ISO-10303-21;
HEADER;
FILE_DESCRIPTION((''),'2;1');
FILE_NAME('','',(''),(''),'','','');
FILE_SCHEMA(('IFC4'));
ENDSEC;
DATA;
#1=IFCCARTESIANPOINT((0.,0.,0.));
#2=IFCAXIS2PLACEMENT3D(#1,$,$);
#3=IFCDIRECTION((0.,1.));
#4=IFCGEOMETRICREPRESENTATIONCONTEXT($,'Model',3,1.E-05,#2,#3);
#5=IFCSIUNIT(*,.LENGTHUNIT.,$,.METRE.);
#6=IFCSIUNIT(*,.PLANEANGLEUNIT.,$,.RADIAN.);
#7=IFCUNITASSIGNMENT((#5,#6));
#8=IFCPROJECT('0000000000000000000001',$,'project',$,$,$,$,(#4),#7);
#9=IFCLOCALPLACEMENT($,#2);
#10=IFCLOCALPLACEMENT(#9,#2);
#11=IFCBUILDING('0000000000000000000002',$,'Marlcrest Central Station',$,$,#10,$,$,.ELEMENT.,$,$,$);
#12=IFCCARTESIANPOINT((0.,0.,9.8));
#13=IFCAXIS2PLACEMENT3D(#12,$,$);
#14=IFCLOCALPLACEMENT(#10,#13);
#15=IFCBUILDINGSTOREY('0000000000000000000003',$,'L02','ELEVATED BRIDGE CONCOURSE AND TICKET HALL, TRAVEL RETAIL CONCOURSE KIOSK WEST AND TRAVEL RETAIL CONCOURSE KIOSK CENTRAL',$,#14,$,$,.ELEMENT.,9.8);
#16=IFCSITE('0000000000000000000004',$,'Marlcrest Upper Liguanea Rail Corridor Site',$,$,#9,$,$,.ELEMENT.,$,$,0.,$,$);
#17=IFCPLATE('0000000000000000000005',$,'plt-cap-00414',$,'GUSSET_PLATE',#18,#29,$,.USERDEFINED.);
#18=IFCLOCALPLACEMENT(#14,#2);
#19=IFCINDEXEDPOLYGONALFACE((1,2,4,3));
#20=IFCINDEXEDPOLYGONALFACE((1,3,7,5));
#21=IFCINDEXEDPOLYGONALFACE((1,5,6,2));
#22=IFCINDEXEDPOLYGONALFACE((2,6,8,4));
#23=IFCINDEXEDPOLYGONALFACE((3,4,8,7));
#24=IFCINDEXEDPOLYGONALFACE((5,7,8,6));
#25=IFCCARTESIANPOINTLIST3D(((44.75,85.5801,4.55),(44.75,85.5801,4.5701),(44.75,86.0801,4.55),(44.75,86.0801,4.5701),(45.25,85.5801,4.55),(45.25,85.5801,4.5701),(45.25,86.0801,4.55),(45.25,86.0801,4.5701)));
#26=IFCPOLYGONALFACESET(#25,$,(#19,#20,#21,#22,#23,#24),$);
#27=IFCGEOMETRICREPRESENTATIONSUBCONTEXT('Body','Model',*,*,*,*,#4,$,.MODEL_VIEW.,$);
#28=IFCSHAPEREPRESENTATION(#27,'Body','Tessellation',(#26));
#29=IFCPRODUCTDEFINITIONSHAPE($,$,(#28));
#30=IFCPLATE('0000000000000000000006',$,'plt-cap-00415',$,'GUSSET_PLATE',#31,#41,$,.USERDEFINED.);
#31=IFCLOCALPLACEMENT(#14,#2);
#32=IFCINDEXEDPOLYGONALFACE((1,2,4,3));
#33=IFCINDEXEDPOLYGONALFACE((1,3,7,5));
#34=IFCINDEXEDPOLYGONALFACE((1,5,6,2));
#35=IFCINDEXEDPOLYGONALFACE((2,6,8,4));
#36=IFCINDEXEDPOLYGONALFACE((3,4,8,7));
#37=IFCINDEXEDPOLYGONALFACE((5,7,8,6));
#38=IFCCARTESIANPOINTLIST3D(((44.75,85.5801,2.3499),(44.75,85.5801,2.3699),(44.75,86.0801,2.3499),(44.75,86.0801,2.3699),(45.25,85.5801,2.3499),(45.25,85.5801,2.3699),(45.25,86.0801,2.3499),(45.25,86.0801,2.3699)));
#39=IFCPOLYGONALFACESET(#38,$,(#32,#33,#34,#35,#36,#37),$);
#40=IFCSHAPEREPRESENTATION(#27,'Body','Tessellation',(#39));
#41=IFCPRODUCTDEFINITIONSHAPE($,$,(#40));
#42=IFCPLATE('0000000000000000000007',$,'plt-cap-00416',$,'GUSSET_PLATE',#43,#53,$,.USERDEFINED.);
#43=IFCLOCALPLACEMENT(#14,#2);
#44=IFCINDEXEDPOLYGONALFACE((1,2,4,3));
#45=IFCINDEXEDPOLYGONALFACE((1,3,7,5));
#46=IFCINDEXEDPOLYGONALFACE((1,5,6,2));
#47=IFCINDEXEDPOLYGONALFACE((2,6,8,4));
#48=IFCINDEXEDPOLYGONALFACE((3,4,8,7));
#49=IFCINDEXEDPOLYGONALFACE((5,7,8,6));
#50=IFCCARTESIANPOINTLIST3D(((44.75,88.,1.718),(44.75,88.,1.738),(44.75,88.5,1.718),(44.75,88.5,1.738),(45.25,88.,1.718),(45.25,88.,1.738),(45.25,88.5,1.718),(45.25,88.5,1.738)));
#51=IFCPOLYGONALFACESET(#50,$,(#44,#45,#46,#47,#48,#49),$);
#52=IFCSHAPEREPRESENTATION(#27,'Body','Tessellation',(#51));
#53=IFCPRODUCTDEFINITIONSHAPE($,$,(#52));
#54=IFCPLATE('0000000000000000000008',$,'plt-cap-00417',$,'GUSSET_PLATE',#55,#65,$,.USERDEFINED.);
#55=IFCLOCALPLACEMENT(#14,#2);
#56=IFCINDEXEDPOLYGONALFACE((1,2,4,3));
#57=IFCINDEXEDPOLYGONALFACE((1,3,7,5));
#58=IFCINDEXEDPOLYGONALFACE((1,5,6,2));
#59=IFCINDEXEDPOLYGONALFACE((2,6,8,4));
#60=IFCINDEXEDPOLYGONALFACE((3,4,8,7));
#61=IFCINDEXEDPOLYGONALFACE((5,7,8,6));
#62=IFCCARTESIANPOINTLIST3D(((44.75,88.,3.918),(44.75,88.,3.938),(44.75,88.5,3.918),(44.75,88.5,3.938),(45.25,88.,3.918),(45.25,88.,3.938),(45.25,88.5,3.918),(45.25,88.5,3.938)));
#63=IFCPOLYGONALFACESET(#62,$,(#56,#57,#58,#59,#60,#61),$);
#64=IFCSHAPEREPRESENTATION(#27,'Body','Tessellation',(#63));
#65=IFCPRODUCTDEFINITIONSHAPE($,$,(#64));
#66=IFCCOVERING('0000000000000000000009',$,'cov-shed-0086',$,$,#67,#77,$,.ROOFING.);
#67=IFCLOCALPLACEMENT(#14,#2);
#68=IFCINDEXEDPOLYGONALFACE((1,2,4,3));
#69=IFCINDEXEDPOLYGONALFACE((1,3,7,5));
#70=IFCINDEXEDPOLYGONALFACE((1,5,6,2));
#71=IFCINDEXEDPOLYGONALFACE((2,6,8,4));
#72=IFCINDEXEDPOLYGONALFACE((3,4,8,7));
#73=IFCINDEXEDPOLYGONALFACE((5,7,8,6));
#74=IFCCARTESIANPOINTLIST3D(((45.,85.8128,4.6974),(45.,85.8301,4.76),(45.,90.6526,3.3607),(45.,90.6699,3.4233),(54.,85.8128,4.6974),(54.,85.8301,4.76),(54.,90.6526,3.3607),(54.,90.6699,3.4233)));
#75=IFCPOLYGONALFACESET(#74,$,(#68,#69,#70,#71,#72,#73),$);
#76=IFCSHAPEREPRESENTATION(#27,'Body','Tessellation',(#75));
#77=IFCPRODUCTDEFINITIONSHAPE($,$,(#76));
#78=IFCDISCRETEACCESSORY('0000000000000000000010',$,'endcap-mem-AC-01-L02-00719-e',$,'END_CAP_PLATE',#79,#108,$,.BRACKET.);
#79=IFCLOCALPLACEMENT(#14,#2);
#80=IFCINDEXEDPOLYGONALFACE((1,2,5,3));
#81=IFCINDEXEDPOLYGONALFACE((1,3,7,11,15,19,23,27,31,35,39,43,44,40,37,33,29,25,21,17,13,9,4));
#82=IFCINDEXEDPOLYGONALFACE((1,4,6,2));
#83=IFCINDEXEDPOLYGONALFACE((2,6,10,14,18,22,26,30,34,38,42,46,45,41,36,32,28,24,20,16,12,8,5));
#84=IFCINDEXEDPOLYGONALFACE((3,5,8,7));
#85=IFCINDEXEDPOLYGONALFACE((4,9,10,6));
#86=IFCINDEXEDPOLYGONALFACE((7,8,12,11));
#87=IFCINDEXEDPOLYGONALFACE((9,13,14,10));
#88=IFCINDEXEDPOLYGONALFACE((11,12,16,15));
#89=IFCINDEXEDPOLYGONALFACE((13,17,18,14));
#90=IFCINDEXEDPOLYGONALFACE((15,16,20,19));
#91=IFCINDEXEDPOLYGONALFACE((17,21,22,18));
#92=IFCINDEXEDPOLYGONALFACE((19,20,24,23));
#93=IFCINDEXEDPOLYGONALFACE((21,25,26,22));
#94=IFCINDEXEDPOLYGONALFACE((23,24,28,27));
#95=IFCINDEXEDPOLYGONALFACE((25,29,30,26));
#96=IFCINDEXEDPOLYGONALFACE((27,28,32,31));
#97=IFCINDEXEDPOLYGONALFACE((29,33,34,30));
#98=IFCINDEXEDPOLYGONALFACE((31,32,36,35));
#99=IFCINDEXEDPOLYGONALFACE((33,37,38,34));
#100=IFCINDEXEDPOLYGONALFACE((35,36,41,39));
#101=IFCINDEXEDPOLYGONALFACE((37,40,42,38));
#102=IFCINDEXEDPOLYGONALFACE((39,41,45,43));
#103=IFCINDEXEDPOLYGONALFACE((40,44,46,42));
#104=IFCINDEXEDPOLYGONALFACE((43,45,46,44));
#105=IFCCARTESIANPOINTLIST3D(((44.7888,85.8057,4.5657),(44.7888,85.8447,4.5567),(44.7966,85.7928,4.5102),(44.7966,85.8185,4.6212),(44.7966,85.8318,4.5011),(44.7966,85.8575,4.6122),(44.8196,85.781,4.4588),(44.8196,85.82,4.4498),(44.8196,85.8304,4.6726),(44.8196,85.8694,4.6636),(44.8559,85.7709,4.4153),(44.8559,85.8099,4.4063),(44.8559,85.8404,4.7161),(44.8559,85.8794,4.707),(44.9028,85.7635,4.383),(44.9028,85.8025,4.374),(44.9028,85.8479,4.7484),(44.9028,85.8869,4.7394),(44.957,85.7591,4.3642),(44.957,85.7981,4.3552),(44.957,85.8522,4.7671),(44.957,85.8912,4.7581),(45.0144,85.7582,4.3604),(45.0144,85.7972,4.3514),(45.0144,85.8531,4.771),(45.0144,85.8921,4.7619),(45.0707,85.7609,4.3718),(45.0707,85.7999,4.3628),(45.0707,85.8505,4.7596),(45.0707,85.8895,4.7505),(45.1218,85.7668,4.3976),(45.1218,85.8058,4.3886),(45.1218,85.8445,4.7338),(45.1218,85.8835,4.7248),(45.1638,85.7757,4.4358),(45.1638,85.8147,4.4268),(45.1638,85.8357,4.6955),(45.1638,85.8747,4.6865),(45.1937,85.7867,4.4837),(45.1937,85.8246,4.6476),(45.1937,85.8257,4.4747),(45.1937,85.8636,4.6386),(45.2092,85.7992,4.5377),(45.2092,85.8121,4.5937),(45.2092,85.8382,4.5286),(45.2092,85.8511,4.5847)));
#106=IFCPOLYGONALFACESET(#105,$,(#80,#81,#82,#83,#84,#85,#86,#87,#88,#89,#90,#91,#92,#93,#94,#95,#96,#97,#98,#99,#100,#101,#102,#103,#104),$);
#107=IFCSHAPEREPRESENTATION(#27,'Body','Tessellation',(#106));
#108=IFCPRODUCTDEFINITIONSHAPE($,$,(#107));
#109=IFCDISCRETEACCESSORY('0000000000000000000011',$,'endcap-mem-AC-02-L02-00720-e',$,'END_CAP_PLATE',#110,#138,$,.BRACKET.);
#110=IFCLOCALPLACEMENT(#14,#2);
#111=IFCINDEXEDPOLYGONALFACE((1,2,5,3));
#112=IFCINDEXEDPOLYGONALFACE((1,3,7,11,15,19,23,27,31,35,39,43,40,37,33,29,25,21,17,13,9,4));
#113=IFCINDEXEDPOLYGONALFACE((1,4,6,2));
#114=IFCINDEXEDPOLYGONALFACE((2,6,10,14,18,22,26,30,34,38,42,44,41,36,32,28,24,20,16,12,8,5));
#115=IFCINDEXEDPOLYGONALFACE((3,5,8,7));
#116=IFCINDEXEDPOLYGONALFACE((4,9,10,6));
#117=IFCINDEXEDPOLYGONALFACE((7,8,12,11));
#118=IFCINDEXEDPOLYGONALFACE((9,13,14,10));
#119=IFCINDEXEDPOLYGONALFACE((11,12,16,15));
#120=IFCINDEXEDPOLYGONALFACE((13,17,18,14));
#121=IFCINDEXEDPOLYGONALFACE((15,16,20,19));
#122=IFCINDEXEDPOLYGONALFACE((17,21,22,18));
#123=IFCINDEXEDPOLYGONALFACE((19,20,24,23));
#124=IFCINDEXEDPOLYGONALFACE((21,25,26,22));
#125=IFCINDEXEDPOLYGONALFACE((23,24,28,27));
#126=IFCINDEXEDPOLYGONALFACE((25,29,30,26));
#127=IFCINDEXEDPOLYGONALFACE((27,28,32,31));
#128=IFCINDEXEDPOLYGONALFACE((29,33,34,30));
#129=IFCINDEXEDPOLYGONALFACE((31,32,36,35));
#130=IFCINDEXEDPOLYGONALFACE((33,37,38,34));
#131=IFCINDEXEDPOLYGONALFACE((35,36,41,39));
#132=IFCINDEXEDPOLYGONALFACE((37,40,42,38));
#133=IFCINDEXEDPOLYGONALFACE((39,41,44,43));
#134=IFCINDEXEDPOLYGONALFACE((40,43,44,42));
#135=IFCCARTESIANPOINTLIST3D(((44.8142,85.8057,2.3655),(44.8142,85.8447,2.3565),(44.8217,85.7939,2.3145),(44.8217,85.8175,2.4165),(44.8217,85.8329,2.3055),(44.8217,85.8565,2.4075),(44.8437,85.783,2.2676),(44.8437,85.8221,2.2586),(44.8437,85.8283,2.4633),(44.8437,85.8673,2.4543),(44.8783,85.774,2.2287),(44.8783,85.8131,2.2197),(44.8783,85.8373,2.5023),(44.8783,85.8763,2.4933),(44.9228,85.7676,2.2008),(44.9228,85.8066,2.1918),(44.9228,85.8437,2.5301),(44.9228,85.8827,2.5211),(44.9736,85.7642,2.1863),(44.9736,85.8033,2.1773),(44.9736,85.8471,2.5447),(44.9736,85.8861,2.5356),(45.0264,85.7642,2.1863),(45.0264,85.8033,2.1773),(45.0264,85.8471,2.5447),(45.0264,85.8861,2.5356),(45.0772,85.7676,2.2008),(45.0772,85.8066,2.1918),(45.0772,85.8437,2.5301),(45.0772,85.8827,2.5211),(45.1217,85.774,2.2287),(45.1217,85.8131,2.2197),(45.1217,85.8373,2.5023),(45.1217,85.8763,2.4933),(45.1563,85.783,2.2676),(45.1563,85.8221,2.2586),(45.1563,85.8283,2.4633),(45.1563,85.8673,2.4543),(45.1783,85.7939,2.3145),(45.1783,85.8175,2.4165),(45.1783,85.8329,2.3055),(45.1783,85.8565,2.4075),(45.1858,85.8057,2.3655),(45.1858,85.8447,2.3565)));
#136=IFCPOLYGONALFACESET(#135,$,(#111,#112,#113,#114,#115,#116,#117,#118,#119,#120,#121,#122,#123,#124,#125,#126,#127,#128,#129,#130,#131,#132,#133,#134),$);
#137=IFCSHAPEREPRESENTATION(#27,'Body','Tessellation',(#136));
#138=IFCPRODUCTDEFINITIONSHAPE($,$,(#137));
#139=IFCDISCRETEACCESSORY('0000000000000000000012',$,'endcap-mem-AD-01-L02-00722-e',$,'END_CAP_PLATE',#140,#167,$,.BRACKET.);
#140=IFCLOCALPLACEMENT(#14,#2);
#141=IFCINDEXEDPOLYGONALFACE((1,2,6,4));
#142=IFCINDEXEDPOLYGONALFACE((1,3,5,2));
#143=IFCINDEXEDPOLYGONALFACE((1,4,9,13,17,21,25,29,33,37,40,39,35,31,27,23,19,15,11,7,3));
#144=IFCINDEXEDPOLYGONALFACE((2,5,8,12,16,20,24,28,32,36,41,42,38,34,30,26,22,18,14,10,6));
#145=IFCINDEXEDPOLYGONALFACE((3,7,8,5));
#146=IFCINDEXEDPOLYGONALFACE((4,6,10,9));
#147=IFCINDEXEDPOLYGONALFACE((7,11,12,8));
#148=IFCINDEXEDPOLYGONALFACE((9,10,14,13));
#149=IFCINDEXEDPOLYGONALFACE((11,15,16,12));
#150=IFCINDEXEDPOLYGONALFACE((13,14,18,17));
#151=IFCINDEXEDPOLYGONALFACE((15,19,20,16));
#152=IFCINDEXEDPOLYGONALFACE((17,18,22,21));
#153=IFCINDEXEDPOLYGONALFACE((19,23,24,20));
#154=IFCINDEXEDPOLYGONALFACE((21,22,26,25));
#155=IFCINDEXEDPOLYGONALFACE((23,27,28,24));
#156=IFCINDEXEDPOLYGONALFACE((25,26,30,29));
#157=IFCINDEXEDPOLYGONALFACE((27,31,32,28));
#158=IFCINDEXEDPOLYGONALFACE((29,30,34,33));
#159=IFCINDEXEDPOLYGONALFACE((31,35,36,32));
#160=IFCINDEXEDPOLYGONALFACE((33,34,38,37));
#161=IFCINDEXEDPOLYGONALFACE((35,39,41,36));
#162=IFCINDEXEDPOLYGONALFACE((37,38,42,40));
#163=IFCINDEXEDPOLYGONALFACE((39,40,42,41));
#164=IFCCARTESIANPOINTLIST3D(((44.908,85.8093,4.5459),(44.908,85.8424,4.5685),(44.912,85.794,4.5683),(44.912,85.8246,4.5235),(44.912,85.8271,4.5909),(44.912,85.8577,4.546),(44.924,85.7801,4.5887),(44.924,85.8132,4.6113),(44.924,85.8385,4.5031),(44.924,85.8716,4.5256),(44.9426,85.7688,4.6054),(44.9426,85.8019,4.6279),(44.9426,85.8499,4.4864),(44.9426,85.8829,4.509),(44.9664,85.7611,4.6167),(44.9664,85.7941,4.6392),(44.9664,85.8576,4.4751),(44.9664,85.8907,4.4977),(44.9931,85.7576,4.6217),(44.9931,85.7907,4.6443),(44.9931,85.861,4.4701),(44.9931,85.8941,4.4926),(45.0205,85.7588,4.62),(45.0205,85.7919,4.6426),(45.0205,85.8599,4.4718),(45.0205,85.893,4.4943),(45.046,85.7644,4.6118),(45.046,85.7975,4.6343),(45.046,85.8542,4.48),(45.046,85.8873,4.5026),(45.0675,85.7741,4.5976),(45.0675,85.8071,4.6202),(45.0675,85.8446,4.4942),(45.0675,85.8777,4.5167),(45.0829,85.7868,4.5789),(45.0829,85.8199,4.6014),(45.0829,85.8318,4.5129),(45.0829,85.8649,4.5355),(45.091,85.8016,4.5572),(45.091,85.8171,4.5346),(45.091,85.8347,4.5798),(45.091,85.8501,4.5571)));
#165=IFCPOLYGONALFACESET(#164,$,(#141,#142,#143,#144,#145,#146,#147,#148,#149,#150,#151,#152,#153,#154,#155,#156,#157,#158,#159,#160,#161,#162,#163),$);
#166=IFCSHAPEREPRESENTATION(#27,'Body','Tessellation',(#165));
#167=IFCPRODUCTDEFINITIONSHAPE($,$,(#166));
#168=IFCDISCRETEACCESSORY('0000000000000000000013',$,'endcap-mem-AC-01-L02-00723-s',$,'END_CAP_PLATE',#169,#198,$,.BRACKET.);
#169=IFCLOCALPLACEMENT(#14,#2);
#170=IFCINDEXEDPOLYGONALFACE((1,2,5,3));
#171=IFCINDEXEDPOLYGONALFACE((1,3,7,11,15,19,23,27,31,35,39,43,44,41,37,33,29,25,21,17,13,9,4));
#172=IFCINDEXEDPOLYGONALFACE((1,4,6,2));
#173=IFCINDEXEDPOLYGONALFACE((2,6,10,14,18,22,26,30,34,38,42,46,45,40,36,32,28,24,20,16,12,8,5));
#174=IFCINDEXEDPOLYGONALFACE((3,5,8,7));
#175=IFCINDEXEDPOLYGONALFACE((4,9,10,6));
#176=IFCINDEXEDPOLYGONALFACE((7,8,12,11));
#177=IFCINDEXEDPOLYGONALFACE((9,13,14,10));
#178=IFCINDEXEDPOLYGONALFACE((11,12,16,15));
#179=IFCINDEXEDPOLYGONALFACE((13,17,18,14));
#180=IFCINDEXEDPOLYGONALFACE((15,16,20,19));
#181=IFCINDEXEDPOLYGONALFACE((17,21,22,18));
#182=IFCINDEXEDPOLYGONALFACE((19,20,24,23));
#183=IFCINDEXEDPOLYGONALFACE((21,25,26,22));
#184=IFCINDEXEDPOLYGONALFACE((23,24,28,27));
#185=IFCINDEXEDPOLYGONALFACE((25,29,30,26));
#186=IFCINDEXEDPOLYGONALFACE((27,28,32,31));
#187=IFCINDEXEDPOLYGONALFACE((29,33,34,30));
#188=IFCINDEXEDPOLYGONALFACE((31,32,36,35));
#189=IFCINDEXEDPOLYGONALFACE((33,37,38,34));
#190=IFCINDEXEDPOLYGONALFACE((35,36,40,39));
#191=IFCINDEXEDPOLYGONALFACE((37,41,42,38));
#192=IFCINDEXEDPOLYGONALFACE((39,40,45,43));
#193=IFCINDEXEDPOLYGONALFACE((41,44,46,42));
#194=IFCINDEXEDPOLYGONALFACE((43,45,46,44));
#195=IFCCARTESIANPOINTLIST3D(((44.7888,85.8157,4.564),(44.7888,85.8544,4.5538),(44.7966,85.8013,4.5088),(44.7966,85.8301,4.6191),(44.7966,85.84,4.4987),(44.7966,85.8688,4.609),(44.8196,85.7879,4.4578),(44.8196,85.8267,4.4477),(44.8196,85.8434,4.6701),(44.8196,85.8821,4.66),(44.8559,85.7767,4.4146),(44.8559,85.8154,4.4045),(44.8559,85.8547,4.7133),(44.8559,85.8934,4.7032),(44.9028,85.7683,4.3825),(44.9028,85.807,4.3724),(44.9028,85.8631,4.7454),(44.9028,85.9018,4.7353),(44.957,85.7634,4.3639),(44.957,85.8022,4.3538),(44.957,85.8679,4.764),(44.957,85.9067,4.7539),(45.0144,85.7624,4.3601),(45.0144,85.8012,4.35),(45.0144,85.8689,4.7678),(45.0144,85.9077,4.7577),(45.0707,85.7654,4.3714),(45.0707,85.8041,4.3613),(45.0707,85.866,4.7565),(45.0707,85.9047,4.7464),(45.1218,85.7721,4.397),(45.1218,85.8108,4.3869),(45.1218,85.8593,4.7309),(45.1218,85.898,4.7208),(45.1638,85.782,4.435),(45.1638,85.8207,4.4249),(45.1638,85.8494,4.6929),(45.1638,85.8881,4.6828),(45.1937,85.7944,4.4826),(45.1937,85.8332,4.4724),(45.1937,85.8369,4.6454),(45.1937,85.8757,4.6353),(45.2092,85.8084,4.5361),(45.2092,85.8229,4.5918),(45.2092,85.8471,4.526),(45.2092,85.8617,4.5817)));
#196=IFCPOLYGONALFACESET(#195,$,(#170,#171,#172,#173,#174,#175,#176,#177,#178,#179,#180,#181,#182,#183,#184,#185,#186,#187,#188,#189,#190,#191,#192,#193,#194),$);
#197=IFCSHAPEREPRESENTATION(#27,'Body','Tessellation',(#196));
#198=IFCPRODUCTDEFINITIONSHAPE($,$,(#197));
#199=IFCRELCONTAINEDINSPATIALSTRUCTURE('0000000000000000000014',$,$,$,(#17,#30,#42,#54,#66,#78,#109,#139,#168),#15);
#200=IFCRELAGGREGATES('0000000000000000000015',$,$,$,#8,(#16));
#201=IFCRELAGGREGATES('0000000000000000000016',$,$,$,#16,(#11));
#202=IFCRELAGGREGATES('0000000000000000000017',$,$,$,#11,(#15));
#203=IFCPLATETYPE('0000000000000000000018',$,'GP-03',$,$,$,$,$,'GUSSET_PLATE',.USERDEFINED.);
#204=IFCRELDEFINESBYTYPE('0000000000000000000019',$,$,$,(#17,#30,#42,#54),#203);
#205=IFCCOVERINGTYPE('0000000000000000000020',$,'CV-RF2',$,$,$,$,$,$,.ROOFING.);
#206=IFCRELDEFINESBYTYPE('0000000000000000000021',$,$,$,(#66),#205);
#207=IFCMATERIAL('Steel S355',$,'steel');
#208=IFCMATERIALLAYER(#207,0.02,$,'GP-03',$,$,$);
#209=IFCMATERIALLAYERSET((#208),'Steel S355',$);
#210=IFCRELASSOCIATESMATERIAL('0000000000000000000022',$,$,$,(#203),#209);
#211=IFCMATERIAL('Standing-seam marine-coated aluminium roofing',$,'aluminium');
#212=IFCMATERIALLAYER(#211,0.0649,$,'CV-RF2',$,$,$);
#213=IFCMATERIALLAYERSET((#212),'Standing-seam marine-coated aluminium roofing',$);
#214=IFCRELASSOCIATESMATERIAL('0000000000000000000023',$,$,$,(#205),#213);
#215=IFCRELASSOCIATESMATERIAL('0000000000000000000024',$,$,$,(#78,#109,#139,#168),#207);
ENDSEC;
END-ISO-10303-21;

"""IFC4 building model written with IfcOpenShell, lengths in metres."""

from ifc_helpers import new_model, si_unit, direction, frame, origin, origin_2d, place, context, subcontext, project, spatial, polyline, rectangle, circle, outline, extrude, material, layer, layer_set, type_object, element, save


model = new_model("IFC4")

# Units and contexts
model_context = context("Model", 3, precision=1e-05, world=origin(), true_north=direction((0.0, 1.0)))
body_context = subcontext(model_context, "Body", "Model", "MODEL_VIEW")
ifc_project = project(units=[si_unit("LENGTHUNIT", "METRE"), si_unit("PLANEANGLEUNIT", "RADIAN")], contexts=[model_context])

# Site, building, storey
site_placement = place(None, origin())
site = spatial("IfcSite", under=ifc_project, at=site_placement, Name="Marlcrest Upper Liguanea Rail Corridor Site", CompositionType="ELEMENT", RefElevation=0.0)
building_placement = place(site_placement, origin())
building = spatial("IfcBuilding", under=site, at=building_placement, Name="Marlcrest Central Station", CompositionType="ELEMENT")
storey_placement = place(building_placement, frame((0.0, 0.0, 9.8)))
storey = spatial("IfcBuildingStorey", under=building, at=storey_placement, Name="L02", Description="ELEVATED BRIDGE CONCOURSE AND TICKET HALL, TRAVEL RETAIL CONCOURSE KIOSK WEST AND TRAVEL RETAIL CONCOURSE KIOSK CENTRAL", CompositionType="ELEMENT", Elevation=9.8)

# Shared definitions
ifc_material_1 = material(Name="Steel S355", Category="steel")

# Plates
ifc_layer_1 = layer(ifc_material_1, 0.02, Name="GP-03")
ifc_layer_set_1 = layer_set([ifc_layer_1], Name="Steel S355")
plate_type = type_object("IfcPlateType", Name="GP-03", ElementType="GUSSET_PLATE", PredefinedType="USERDEFINED", material=ifc_layer_set_1)
for number, where, z_axis, x_axis, name in (
    (1, (45.0, 85.8301, 4.55), (0.0, 0.0, 1.0), (1.0, 0.0, 0.0), "plt-cap-00414"),
    (2, (45.0, 85.8301, 2.3499), (0.0, 0.0, 1.0), (1.0, 0.0, 0.0), "plt-cap-00415"),
    (3, (45.0, 88.25, 1.718), (0.0, 0.0, 1.0), (1.0, 0.0, 0.0), "plt-cap-00416"),
    (4, (45.0, 88.25, 3.918), (0.0, 0.0, 1.0), (1.0, 0.0, 0.0), "plt-cap-00417"),
):
    element("IfcPlate", number, at=place(storey_placement, frame(where, z_axis=z_axis, x_axis=x_axis)), inside=storey, type_object=plate_type, Name=name, ObjectType="GUSSET_PLATE", PredefinedType="USERDEFINED", context=body_context, shape_type="SweptSolid", body=[
        extrude(rectangle(XDim=0.5, YDim=0.5, at=origin_2d()), origin(), (0.0, 0.0, 1.0), 0.02),
    ])

# Covering
ifc_material_2 = material(Name="Standing-seam marine-coated aluminium roofing", Category="aluminium")
ifc_layer_2 = layer(ifc_material_2, 0.0649, Name="CV-RF2")
ifc_layer_set_2 = layer_set([ifc_layer_2], Name="Standing-seam marine-coated aluminium roofing")
covering_type = type_object("IfcCoveringType", Name="CV-RF2", PredefinedType="ROOFING", material=ifc_layer_set_2)
covering_placement = place(storey_placement, frame((45.0, 85.8301, 4.76), z_axis=(0.0, 0.266214, 0.963914), x_axis=(1.0, 0.0, 0.0)))
element("IfcCovering", 5, at=covering_placement, inside=storey, type_object=covering_type, Name="cov-shed-0086", PredefinedType="ROOFING", context=body_context, shape_type="SweptSolid", body=[
    extrude(outline(polyline([(0.0, 0.0), (9.0, 0.0), (9.0, 5.021), (0.0, 5.021), (0.0, 0.0)])), origin(), (0.0, 0.0, -1.0), 0.0649),
])

# Discrete accessories
discrete_accessory_1_placement = place(storey_placement, frame((45.0, 85.8057, 4.5657), z_axis=(0.0, 0.97433, -0.225126), x_axis=(-1.0, 0.0, 0.0)))
element("IfcDiscreteAccessory", 6, at=discrete_accessory_1_placement, inside=storey, material=ifc_material_1, Name="endcap-mem-AC-01-L02-00719-e", ObjectType="END_CAP_PLATE", PredefinedType="BRACKET", context=body_context, shape_type="SweptSolid", body=[
    extrude(circle(Radius=0.2112, at=origin_2d()), origin(), (0.0, 0.0, 1.0), 0.04),
])
discrete_accessory_2_placement = place(storey_placement, frame((45.0, 85.8057, 2.3655), z_axis=(0.0, 0.974308, -0.22522), x_axis=(-1.0, 0.0, 0.0)))
element("IfcDiscreteAccessory", 7, at=discrete_accessory_2_placement, inside=storey, material=ifc_material_1, Name="endcap-mem-AC-02-L02-00720-e", ObjectType="END_CAP_PLATE", PredefinedType="BRACKET", context=body_context, shape_type="SweptSolid", body=[
    extrude(circle(Radius=0.1858, at=origin_2d()), origin(), (0.0, 0.0, 1.0), 0.04),
])
discrete_accessory_3_placement = place(storey_placement, frame((45.0, 85.8093, 4.5459), z_axis=(0.0, 0.826263, 0.563285), x_axis=(-1.0, 0.0, 0.0)))
element("IfcDiscreteAccessory", 8, at=discrete_accessory_3_placement, inside=storey, material=ifc_material_1, Name="endcap-mem-AD-01-L02-00722-e", ObjectType="END_CAP_PLATE", PredefinedType="BRACKET", context=body_context, shape_type="SweptSolid", body=[
    extrude(circle(Radius=0.092, at=origin_2d()), origin(), (0.0, 0.0, 1.0), 0.04),
])
for number, where, z_axis, x_axis, name in (
    (9, (45.0, 85.8157, 4.564), (0.0, 0.967539, -0.25272), (-1.0, 0.0, 0.0), "endcap-mem-AC-01-L02-00723-s"),
):
    element("IfcDiscreteAccessory", number, at=place(storey_placement, frame(where, z_axis=z_axis, x_axis=x_axis)), inside=storey, material=ifc_material_1, Name=name, ObjectType="END_CAP_PLATE", PredefinedType="BRACKET", context=body_context, shape_type="SweptSolid", body=[
        extrude(circle(Radius=0.2112, at=origin_2d()), origin(), (0.0, 0.0, 1.0), 0.04),
    ])

save(model, "model.ifc")
